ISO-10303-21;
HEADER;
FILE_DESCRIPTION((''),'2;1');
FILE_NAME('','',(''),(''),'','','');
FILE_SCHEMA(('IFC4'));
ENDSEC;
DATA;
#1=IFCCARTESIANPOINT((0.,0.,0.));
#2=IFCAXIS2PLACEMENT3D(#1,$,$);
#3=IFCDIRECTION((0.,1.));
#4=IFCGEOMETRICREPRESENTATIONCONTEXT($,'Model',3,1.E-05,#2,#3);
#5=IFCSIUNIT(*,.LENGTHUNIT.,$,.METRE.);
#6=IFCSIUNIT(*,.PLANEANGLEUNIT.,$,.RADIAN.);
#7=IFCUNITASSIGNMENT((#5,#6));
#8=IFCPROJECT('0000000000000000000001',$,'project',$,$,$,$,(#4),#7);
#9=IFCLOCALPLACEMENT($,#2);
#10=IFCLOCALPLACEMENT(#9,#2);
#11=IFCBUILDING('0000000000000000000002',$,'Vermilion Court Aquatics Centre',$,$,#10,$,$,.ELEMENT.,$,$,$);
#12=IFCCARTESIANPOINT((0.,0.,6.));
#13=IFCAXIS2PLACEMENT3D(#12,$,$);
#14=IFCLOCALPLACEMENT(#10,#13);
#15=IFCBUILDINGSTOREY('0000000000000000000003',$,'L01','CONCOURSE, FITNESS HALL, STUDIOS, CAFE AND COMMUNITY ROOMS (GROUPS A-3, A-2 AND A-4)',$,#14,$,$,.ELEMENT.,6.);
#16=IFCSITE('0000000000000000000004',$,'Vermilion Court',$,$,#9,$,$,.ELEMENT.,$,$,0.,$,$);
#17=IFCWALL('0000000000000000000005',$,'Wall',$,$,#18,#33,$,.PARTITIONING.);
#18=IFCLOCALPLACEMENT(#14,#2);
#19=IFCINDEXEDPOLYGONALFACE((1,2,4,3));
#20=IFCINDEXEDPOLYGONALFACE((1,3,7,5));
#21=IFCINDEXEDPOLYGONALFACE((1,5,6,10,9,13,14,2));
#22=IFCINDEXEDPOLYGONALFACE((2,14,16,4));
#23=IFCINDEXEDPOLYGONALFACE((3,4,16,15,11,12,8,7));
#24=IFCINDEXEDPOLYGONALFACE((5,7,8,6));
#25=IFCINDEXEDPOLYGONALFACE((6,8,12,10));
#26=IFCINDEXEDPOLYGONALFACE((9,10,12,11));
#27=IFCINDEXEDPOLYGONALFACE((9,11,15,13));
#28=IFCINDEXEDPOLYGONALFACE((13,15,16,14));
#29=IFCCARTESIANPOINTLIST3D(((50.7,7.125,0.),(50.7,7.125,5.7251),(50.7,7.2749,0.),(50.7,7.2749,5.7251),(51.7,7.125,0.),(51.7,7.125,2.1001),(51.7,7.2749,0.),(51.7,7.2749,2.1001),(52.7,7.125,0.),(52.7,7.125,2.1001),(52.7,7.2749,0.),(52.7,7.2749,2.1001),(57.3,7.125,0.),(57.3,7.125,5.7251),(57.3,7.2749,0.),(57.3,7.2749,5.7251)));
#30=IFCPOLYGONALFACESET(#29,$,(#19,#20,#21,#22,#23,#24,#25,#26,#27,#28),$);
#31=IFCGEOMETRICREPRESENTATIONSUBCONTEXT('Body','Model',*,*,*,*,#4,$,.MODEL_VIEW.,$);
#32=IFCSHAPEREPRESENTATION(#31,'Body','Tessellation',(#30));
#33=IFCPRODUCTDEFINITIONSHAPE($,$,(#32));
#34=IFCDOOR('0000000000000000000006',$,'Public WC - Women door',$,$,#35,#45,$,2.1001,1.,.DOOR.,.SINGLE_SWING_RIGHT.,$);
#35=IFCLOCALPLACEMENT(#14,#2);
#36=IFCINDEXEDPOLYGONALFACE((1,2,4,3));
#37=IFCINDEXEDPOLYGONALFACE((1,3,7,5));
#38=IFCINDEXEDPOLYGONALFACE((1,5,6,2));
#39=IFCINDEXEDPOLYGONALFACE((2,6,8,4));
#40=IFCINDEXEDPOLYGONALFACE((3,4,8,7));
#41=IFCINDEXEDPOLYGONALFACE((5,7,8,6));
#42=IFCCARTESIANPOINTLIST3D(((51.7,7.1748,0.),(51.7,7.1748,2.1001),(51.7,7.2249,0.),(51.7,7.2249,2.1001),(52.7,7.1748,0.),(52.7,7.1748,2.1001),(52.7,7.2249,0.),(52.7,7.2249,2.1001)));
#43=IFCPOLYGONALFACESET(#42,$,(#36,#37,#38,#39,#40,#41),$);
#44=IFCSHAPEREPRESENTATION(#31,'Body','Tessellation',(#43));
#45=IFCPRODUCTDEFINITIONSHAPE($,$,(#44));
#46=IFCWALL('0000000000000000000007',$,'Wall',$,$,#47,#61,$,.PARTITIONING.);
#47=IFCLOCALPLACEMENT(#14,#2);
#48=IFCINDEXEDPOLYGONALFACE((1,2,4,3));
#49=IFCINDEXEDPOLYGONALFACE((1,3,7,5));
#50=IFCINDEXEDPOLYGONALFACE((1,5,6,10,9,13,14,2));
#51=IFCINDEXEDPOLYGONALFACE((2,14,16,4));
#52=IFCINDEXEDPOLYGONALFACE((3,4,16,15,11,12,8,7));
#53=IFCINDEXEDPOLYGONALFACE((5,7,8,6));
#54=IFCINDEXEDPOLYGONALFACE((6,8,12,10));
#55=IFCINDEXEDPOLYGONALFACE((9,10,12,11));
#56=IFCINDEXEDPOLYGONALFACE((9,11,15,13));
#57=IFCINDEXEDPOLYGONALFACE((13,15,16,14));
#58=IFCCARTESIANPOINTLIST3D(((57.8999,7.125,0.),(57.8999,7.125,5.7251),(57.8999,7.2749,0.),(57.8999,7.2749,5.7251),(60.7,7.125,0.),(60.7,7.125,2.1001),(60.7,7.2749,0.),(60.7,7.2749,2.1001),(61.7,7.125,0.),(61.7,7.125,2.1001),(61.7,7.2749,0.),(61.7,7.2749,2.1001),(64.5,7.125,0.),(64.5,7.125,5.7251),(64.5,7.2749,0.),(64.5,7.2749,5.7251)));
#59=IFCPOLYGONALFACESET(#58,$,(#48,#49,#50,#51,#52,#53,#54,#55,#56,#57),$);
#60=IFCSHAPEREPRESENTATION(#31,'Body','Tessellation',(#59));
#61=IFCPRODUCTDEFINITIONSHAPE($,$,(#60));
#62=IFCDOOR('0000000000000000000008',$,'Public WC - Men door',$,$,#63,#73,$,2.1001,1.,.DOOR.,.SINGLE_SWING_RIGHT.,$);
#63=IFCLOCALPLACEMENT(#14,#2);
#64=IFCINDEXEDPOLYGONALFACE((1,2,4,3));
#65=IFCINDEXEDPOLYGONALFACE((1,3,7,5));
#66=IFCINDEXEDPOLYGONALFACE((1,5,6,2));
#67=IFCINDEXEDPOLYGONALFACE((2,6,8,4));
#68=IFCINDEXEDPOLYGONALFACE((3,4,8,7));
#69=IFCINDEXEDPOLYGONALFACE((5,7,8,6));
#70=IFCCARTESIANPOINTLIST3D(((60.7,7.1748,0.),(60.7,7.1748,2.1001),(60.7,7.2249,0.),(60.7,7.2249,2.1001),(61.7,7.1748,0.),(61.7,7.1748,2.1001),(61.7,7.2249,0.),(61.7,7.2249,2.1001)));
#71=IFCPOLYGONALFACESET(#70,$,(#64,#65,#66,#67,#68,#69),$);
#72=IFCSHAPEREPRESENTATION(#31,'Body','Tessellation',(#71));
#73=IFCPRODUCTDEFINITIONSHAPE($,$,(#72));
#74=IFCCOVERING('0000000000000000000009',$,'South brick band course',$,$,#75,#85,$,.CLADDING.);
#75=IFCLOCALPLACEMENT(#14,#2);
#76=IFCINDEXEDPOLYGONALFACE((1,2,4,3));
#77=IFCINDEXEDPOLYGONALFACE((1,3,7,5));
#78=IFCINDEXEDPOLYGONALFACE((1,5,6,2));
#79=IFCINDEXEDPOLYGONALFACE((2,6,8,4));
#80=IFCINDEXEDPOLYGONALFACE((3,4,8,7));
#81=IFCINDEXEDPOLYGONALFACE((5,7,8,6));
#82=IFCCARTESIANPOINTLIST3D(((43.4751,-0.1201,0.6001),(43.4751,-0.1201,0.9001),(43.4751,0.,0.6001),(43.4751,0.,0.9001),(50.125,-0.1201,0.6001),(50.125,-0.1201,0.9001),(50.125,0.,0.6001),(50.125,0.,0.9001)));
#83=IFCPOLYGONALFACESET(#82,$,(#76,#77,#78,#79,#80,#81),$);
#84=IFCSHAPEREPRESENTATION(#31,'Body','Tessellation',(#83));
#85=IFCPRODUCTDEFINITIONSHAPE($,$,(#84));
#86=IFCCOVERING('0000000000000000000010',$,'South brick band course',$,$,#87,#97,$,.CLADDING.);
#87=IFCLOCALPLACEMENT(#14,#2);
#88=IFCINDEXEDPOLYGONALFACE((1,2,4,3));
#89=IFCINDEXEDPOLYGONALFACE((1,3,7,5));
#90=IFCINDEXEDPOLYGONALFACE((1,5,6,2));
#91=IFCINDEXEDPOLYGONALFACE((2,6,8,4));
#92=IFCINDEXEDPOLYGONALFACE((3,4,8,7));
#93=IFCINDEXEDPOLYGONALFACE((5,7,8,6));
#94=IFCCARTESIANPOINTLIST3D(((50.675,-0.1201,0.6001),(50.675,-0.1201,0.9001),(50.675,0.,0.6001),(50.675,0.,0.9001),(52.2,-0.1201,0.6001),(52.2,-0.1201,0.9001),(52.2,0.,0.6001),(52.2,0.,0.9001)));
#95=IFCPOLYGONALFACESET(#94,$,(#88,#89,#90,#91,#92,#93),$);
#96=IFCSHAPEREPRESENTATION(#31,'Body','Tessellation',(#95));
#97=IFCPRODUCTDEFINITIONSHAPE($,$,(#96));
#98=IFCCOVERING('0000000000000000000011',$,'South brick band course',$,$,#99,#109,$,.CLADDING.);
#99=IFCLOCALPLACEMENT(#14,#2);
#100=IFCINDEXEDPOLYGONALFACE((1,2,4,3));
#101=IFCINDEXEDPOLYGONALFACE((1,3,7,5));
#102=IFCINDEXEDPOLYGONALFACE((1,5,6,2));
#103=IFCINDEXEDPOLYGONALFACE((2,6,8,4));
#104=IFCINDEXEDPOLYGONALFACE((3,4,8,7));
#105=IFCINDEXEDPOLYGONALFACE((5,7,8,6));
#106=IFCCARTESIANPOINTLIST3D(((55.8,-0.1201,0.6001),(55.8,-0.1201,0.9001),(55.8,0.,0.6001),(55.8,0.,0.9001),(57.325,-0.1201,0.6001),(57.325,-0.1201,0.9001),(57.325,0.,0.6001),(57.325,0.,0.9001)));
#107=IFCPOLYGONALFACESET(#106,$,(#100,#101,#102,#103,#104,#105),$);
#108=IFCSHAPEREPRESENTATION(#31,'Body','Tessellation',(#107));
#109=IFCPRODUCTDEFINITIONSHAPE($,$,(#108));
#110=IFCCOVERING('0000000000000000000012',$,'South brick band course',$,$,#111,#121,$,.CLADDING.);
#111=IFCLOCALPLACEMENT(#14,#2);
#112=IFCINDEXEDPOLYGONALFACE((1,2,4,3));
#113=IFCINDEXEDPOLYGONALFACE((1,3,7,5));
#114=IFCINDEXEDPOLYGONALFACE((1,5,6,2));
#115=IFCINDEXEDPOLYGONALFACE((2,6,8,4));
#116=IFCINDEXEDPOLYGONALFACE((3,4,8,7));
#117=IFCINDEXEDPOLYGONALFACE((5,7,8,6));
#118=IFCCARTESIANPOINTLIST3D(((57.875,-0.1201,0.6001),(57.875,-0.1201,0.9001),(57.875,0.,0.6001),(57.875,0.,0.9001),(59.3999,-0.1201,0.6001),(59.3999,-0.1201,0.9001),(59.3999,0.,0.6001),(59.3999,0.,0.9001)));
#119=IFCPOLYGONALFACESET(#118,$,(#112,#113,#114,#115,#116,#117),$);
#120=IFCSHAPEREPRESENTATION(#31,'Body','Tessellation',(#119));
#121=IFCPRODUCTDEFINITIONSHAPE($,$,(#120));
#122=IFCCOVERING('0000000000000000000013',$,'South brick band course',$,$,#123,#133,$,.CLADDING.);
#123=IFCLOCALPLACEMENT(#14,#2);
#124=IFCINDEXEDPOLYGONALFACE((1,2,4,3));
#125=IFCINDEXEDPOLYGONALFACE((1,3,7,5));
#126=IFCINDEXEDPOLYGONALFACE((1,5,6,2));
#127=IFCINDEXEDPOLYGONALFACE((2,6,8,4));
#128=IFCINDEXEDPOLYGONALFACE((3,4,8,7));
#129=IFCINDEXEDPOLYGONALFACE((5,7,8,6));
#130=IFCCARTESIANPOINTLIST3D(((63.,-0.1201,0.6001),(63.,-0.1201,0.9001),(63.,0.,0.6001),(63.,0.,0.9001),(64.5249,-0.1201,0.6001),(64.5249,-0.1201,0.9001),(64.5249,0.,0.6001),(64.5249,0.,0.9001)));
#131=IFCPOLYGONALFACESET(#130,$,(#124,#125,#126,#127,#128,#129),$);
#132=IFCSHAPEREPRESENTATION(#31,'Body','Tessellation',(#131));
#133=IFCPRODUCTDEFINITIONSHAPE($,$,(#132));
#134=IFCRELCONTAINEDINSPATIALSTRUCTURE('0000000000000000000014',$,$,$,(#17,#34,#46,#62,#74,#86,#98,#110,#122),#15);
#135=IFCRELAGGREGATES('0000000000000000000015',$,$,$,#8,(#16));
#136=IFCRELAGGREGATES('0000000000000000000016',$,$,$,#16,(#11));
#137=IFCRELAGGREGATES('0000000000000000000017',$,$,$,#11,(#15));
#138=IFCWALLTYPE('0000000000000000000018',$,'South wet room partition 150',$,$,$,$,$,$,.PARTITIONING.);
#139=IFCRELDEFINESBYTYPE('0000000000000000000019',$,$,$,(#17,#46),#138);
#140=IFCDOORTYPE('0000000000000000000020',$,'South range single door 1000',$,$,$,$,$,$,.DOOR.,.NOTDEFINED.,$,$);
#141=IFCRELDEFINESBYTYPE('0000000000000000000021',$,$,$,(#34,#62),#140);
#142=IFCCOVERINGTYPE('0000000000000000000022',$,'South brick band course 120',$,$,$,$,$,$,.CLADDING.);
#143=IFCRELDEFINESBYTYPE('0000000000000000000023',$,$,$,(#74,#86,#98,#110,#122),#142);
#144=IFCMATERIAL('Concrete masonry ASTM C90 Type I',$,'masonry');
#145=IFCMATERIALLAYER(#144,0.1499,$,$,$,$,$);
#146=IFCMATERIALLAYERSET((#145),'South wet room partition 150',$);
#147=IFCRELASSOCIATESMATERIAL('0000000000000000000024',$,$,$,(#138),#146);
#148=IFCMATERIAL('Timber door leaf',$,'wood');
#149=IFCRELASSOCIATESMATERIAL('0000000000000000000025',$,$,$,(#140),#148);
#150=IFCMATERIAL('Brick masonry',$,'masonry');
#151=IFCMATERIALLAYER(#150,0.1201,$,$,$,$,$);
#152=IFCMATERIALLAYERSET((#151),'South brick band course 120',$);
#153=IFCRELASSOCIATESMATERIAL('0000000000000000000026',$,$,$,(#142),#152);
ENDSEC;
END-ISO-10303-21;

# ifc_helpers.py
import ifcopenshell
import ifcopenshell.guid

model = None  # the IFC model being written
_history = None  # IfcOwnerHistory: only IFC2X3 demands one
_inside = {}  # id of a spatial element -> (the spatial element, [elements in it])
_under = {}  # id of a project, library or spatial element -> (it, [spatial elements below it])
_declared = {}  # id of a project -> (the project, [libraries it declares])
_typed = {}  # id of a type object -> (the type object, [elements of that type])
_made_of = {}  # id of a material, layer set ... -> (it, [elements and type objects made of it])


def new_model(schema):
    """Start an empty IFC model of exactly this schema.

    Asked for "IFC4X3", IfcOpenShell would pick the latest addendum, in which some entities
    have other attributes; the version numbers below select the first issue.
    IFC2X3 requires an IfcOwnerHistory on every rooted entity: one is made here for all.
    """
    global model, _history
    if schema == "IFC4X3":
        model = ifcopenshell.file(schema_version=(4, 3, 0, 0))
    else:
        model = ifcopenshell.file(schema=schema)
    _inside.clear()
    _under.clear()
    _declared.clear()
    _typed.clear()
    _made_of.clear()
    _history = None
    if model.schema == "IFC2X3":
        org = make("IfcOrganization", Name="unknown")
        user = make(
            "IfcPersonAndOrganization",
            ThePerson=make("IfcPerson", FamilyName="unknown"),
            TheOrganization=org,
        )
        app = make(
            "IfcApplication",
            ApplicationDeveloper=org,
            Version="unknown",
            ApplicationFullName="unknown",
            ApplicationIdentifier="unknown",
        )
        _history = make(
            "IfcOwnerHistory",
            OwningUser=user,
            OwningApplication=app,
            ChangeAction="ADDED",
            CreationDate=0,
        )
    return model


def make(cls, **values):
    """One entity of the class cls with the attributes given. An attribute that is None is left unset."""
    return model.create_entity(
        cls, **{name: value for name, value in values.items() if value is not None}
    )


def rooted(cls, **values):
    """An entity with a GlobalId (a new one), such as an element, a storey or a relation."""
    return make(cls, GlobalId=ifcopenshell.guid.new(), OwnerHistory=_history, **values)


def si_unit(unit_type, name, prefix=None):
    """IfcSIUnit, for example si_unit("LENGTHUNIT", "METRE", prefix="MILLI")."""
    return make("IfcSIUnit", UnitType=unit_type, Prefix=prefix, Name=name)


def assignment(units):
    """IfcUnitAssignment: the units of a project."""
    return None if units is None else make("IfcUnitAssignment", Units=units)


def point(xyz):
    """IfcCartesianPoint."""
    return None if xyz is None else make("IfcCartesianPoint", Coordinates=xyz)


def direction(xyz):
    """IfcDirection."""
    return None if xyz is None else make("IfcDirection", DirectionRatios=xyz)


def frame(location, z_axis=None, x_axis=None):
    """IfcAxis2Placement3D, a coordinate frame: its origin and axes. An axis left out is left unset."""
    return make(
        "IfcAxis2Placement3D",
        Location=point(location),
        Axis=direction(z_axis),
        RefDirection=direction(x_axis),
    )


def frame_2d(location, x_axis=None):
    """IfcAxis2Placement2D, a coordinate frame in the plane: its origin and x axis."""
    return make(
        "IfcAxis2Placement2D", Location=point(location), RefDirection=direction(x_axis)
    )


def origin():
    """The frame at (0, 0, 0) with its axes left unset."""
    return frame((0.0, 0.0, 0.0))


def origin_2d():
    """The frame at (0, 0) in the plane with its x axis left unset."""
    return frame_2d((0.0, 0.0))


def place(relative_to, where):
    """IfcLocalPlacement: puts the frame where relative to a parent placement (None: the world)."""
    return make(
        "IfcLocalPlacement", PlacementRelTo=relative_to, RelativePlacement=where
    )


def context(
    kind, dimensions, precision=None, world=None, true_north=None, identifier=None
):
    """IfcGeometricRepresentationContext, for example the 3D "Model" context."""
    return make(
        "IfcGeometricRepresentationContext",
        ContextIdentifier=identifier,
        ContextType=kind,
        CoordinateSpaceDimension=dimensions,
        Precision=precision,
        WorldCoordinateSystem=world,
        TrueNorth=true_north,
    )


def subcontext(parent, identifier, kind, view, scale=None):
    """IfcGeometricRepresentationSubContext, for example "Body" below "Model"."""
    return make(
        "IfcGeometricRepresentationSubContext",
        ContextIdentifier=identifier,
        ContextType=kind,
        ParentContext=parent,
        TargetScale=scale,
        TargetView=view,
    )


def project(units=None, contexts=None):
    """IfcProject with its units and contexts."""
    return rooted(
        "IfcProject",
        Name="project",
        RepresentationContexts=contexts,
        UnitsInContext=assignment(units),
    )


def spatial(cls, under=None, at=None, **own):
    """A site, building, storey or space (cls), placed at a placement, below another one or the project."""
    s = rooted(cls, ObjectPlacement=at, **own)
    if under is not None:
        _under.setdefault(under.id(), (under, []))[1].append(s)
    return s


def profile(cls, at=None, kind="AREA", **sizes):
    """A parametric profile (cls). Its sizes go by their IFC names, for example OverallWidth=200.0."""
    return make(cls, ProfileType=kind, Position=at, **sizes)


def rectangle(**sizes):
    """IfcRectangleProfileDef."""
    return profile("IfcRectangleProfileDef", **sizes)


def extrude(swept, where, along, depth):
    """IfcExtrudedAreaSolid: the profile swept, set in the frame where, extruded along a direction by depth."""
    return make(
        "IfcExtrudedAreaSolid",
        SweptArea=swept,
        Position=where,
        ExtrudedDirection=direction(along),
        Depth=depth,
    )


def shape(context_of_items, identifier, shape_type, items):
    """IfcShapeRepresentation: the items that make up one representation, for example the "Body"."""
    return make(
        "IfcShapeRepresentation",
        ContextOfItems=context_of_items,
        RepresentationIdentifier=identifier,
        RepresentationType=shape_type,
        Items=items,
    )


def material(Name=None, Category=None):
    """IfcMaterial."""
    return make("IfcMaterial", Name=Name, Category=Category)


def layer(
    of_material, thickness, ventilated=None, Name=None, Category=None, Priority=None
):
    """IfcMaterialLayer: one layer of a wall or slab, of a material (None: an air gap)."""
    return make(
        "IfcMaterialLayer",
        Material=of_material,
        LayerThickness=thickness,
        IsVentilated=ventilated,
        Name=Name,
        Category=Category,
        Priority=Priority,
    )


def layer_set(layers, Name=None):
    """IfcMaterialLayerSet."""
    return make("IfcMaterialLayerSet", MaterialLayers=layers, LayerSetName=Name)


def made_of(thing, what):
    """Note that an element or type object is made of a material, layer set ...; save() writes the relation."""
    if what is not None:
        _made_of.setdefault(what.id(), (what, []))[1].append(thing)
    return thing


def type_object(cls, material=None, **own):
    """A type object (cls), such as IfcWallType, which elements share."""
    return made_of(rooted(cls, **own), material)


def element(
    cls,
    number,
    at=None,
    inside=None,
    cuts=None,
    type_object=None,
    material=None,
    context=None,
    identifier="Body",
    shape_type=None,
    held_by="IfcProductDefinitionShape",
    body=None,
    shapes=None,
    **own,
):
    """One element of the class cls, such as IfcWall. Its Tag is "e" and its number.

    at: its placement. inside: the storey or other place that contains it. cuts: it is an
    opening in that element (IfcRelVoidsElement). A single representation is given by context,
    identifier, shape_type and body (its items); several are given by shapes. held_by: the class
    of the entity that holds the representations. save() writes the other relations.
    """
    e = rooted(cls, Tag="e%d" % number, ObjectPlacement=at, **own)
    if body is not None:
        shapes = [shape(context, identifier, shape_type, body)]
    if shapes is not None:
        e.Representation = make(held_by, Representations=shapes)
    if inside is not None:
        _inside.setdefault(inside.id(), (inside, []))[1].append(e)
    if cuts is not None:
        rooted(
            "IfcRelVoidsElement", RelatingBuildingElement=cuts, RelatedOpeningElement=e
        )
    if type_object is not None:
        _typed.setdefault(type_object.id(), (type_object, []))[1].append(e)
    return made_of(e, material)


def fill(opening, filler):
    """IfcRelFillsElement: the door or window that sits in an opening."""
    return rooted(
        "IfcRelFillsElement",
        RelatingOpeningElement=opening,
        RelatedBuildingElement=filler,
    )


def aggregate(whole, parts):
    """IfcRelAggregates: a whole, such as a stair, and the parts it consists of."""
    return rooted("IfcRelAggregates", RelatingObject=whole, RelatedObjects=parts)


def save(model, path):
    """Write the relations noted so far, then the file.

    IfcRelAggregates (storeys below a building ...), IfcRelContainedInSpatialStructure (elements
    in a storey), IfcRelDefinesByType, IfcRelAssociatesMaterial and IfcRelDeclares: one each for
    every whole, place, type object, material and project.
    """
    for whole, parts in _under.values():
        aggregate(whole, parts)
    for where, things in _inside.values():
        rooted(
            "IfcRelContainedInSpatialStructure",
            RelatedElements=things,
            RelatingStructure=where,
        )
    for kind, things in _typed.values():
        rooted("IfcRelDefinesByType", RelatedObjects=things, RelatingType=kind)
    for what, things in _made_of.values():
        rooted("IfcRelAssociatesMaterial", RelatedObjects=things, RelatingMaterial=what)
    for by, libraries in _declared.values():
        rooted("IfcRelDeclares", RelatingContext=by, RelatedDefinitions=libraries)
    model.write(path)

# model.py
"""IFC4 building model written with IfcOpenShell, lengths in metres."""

from ifc_helpers import new_model, si_unit, direction, frame, frame_2d, origin, origin_2d, place, context, subcontext, project, spatial, rectangle, extrude, material, layer, layer_set, type_object, element, fill, save


model = new_model("IFC4")

# Units and contexts
model_context = context("Model", 3, precision=1e-05, world=origin(), true_north=direction((0.0, 1.0)))
body_context = subcontext(model_context, "Body", "Model", "MODEL_VIEW")
ifc_project = project(units=[si_unit("LENGTHUNIT", "METRE"), si_unit("PLANEANGLEUNIT", "RADIAN")], contexts=[model_context])

# Site, building, storey
site_placement = place(None, origin())
site = spatial("IfcSite", under=ifc_project, at=site_placement, Name="Vermilion Court", CompositionType="ELEMENT", RefElevation=0.0)
building_placement = place(site_placement, origin())
building = spatial("IfcBuilding", under=site, at=building_placement, Name="Vermilion Court Aquatics Centre", CompositionType="ELEMENT")
storey_placement = place(building_placement, frame((0.0, 0.0, 6.0)))
storey = spatial("IfcBuildingStorey", under=building, at=storey_placement, Name="L01", Description="CONCOURSE, FITNESS HALL, STUDIOS, CAFE AND COMMUNITY ROOMS (GROUPS A-3, A-2 AND A-4)", CompositionType="ELEMENT", Elevation=6.0)

# Shared definitions
ifc_material_1 = material(Name="Concrete masonry ASTM C90 Type I", Category="masonry")
ifc_layer_1 = layer(ifc_material_1, 0.1499)
ifc_layer_set_1 = layer_set([ifc_layer_1], Name="South wet room partition 150")
wall_type_1 = type_object("IfcWallType", Name="South wet room partition 150", PredefinedType="PARTITIONING", material=ifc_layer_set_1)

# Walls, openings, doors
wall_1_placement = place(storey_placement, frame((50.7, 7.2, 0.0), z_axis=(0.0, 0.0, 1.0), x_axis=(1.0, 0.0, 0.0)))
wall_1 = element("IfcWall", 1, at=wall_1_placement, inside=storey, type_object=wall_type_1, Name="Wall", PredefinedType="PARTITIONING", context=body_context, shape_type="SweptSolid", body=[
    extrude(rectangle(XDim=6.6001, YDim=0.1499, at=frame_2d((3.3, 0.0))), origin(), (0.0, 0.0, 1.0), 5.7251),
])
opening_1_placement = place(wall_1_placement, frame((1.0, 0.0, 0.0)))
opening_1 = element("IfcOpeningElement", 2, at=opening_1_placement, cuts=wall_1, PredefinedType="OPENING", context=body_context, shape_type="SweptSolid", body=[
    extrude(rectangle(XDim=1.0, YDim=2.1001, at=frame_2d((0.5, 1.05))), frame((0.0, 0.085, 0.0), z_axis=(0.0, -1.0, 0.0), x_axis=(1.0, 0.0, 0.0)), (0.0, 0.0, 1.0), 0.1699),
])
ifc_material_2 = material(Name="Timber door leaf", Category="wood")
door_type = type_object("IfcDoorType", Name="South range single door 1000", OperationType="NOTDEFINED", PredefinedType="DOOR", material=ifc_material_2)
door_1_placement = place(opening_1_placement, frame((1.0, 0.0, 0.0), z_axis=(0.0, 0.0, 1.0), x_axis=(-1.0, 0.0, 0.0)))
door_1 = element("IfcDoor", 3, at=door_1_placement, inside=storey, type_object=door_type, Name="Public WC - Women door", OperationType="SINGLE_SWING_RIGHT", OverallHeight=2.1001, OverallWidth=1.0, PredefinedType="DOOR", context=body_context, shape_type="SweptSolid", body=[
    extrude(rectangle(XDim=1.0, YDim=2.1001, at=frame_2d((0.5, 1.05))), frame((0.0, 0.0251, 0.0), z_axis=(0.0, -1.0, 0.0), x_axis=(1.0, 0.0, 0.0)), (0.0, 0.0, 1.0), 0.05),
])
fill(opening_1, door_1)
wall_2_placement = place(storey_placement, frame((57.8999, 7.2, 0.0), z_axis=(0.0, 0.0, 1.0), x_axis=(1.0, 0.0, 0.0)))
wall_2 = element("IfcWall", 4, at=wall_2_placement, inside=storey, type_object=wall_type_1, Name="Wall", PredefinedType="PARTITIONING", context=body_context, shape_type="SweptSolid", body=[
    extrude(rectangle(XDim=6.6001, YDim=0.1499, at=frame_2d((3.3, 0.0))), origin(), (0.0, 0.0, 1.0), 5.7251),
])
opening_2_placement = place(wall_2_placement, frame((2.8, 0.0, 0.0)))
opening_2 = element("IfcOpeningElement", 5, at=opening_2_placement, cuts=wall_2, PredefinedType="OPENING", context=body_context, shape_type="SweptSolid", body=[
    extrude(rectangle(XDim=1.0, YDim=2.1001, at=frame_2d((0.5, 1.05))), frame((0.0, 0.085, 0.0), z_axis=(0.0, -1.0, 0.0), x_axis=(1.0, 0.0, 0.0)), (0.0, 0.0, 1.0), 0.1699),
])
door_2_placement = place(opening_2_placement, frame((1.0, 0.0, 0.0), z_axis=(0.0, 0.0, 1.0), x_axis=(-1.0, 0.0, 0.0)))
door_2 = element("IfcDoor", 6, at=door_2_placement, inside=storey, type_object=door_type, Name="Public WC - Men door", OperationType="SINGLE_SWING_RIGHT", OverallHeight=2.1001, OverallWidth=1.0, PredefinedType="DOOR", context=body_context, shape_type="SweptSolid", body=[
    extrude(rectangle(XDim=1.0, YDim=2.1001, at=frame_2d((0.5, 1.05))), frame((0.0, 0.0251, 0.0), z_axis=(0.0, -1.0, 0.0), x_axis=(1.0, 0.0, 0.0)), (0.0, 0.0, 1.0), 0.05),
])
fill(opening_2, door_2)

# Coverings
ifc_material_3 = material(Name="Brick masonry", Category="masonry")
ifc_layer_2 = layer(ifc_material_3, 0.1201)
ifc_layer_set_2 = layer_set([ifc_layer_2], Name="South brick band course 120")
covering_type = type_object("IfcCoveringType", Name="South brick band course 120", PredefinedType="CLADDING", material=ifc_layer_set_2)
covering_placement = place(storey_placement, frame((46.8, -0.0601, 0.6001), z_axis=(0.0, 0.0, 1.0), x_axis=(1.0, 0.0, 0.0)))
element("IfcCovering", 7, at=covering_placement, inside=storey, type_object=covering_type, Name="South brick band course", PredefinedType="CLADDING", context=body_context, shape_type="SweptSolid", body=[
    extrude(rectangle(XDim=6.6499, YDim=0.1201, at=origin_2d()), origin(), (0.0, 0.0, 1.0), 0.3),
])
for number, where, z_axis, x_axis, name in (
    (8, (51.4375, -0.0601, 0.6001), (0.0, 0.0, 1.0), (1.0, 0.0, 0.0), "South brick band course"),
    (9, (56.5625, -0.0601, 0.6001), (0.0, 0.0, 1.0), (1.0, 0.0, 0.0), "South brick band course"),
    (10, (58.6375, -0.0601, 0.6001), (0.0, 0.0, 1.0), (1.0, 0.0, 0.0), "South brick band course"),
    (11, (63.7625, -0.0601, 0.6001), (0.0, 0.0, 1.0), (1.0, 0.0, 0.0), "South brick band course"),
):
    element("IfcCovering", number, at=place(storey_placement, frame(where, z_axis=z_axis, x_axis=x_axis)), inside=storey, type_object=covering_type, Name=name, PredefinedType="CLADDING", context=body_context, shape_type="SweptSolid", body=[
        extrude(rectangle(XDim=1.5249, YDim=0.1201, at=origin_2d()), origin(), (0.0, 0.0, 1.0), 0.3),
    ])

save(model, "model.ifc")
